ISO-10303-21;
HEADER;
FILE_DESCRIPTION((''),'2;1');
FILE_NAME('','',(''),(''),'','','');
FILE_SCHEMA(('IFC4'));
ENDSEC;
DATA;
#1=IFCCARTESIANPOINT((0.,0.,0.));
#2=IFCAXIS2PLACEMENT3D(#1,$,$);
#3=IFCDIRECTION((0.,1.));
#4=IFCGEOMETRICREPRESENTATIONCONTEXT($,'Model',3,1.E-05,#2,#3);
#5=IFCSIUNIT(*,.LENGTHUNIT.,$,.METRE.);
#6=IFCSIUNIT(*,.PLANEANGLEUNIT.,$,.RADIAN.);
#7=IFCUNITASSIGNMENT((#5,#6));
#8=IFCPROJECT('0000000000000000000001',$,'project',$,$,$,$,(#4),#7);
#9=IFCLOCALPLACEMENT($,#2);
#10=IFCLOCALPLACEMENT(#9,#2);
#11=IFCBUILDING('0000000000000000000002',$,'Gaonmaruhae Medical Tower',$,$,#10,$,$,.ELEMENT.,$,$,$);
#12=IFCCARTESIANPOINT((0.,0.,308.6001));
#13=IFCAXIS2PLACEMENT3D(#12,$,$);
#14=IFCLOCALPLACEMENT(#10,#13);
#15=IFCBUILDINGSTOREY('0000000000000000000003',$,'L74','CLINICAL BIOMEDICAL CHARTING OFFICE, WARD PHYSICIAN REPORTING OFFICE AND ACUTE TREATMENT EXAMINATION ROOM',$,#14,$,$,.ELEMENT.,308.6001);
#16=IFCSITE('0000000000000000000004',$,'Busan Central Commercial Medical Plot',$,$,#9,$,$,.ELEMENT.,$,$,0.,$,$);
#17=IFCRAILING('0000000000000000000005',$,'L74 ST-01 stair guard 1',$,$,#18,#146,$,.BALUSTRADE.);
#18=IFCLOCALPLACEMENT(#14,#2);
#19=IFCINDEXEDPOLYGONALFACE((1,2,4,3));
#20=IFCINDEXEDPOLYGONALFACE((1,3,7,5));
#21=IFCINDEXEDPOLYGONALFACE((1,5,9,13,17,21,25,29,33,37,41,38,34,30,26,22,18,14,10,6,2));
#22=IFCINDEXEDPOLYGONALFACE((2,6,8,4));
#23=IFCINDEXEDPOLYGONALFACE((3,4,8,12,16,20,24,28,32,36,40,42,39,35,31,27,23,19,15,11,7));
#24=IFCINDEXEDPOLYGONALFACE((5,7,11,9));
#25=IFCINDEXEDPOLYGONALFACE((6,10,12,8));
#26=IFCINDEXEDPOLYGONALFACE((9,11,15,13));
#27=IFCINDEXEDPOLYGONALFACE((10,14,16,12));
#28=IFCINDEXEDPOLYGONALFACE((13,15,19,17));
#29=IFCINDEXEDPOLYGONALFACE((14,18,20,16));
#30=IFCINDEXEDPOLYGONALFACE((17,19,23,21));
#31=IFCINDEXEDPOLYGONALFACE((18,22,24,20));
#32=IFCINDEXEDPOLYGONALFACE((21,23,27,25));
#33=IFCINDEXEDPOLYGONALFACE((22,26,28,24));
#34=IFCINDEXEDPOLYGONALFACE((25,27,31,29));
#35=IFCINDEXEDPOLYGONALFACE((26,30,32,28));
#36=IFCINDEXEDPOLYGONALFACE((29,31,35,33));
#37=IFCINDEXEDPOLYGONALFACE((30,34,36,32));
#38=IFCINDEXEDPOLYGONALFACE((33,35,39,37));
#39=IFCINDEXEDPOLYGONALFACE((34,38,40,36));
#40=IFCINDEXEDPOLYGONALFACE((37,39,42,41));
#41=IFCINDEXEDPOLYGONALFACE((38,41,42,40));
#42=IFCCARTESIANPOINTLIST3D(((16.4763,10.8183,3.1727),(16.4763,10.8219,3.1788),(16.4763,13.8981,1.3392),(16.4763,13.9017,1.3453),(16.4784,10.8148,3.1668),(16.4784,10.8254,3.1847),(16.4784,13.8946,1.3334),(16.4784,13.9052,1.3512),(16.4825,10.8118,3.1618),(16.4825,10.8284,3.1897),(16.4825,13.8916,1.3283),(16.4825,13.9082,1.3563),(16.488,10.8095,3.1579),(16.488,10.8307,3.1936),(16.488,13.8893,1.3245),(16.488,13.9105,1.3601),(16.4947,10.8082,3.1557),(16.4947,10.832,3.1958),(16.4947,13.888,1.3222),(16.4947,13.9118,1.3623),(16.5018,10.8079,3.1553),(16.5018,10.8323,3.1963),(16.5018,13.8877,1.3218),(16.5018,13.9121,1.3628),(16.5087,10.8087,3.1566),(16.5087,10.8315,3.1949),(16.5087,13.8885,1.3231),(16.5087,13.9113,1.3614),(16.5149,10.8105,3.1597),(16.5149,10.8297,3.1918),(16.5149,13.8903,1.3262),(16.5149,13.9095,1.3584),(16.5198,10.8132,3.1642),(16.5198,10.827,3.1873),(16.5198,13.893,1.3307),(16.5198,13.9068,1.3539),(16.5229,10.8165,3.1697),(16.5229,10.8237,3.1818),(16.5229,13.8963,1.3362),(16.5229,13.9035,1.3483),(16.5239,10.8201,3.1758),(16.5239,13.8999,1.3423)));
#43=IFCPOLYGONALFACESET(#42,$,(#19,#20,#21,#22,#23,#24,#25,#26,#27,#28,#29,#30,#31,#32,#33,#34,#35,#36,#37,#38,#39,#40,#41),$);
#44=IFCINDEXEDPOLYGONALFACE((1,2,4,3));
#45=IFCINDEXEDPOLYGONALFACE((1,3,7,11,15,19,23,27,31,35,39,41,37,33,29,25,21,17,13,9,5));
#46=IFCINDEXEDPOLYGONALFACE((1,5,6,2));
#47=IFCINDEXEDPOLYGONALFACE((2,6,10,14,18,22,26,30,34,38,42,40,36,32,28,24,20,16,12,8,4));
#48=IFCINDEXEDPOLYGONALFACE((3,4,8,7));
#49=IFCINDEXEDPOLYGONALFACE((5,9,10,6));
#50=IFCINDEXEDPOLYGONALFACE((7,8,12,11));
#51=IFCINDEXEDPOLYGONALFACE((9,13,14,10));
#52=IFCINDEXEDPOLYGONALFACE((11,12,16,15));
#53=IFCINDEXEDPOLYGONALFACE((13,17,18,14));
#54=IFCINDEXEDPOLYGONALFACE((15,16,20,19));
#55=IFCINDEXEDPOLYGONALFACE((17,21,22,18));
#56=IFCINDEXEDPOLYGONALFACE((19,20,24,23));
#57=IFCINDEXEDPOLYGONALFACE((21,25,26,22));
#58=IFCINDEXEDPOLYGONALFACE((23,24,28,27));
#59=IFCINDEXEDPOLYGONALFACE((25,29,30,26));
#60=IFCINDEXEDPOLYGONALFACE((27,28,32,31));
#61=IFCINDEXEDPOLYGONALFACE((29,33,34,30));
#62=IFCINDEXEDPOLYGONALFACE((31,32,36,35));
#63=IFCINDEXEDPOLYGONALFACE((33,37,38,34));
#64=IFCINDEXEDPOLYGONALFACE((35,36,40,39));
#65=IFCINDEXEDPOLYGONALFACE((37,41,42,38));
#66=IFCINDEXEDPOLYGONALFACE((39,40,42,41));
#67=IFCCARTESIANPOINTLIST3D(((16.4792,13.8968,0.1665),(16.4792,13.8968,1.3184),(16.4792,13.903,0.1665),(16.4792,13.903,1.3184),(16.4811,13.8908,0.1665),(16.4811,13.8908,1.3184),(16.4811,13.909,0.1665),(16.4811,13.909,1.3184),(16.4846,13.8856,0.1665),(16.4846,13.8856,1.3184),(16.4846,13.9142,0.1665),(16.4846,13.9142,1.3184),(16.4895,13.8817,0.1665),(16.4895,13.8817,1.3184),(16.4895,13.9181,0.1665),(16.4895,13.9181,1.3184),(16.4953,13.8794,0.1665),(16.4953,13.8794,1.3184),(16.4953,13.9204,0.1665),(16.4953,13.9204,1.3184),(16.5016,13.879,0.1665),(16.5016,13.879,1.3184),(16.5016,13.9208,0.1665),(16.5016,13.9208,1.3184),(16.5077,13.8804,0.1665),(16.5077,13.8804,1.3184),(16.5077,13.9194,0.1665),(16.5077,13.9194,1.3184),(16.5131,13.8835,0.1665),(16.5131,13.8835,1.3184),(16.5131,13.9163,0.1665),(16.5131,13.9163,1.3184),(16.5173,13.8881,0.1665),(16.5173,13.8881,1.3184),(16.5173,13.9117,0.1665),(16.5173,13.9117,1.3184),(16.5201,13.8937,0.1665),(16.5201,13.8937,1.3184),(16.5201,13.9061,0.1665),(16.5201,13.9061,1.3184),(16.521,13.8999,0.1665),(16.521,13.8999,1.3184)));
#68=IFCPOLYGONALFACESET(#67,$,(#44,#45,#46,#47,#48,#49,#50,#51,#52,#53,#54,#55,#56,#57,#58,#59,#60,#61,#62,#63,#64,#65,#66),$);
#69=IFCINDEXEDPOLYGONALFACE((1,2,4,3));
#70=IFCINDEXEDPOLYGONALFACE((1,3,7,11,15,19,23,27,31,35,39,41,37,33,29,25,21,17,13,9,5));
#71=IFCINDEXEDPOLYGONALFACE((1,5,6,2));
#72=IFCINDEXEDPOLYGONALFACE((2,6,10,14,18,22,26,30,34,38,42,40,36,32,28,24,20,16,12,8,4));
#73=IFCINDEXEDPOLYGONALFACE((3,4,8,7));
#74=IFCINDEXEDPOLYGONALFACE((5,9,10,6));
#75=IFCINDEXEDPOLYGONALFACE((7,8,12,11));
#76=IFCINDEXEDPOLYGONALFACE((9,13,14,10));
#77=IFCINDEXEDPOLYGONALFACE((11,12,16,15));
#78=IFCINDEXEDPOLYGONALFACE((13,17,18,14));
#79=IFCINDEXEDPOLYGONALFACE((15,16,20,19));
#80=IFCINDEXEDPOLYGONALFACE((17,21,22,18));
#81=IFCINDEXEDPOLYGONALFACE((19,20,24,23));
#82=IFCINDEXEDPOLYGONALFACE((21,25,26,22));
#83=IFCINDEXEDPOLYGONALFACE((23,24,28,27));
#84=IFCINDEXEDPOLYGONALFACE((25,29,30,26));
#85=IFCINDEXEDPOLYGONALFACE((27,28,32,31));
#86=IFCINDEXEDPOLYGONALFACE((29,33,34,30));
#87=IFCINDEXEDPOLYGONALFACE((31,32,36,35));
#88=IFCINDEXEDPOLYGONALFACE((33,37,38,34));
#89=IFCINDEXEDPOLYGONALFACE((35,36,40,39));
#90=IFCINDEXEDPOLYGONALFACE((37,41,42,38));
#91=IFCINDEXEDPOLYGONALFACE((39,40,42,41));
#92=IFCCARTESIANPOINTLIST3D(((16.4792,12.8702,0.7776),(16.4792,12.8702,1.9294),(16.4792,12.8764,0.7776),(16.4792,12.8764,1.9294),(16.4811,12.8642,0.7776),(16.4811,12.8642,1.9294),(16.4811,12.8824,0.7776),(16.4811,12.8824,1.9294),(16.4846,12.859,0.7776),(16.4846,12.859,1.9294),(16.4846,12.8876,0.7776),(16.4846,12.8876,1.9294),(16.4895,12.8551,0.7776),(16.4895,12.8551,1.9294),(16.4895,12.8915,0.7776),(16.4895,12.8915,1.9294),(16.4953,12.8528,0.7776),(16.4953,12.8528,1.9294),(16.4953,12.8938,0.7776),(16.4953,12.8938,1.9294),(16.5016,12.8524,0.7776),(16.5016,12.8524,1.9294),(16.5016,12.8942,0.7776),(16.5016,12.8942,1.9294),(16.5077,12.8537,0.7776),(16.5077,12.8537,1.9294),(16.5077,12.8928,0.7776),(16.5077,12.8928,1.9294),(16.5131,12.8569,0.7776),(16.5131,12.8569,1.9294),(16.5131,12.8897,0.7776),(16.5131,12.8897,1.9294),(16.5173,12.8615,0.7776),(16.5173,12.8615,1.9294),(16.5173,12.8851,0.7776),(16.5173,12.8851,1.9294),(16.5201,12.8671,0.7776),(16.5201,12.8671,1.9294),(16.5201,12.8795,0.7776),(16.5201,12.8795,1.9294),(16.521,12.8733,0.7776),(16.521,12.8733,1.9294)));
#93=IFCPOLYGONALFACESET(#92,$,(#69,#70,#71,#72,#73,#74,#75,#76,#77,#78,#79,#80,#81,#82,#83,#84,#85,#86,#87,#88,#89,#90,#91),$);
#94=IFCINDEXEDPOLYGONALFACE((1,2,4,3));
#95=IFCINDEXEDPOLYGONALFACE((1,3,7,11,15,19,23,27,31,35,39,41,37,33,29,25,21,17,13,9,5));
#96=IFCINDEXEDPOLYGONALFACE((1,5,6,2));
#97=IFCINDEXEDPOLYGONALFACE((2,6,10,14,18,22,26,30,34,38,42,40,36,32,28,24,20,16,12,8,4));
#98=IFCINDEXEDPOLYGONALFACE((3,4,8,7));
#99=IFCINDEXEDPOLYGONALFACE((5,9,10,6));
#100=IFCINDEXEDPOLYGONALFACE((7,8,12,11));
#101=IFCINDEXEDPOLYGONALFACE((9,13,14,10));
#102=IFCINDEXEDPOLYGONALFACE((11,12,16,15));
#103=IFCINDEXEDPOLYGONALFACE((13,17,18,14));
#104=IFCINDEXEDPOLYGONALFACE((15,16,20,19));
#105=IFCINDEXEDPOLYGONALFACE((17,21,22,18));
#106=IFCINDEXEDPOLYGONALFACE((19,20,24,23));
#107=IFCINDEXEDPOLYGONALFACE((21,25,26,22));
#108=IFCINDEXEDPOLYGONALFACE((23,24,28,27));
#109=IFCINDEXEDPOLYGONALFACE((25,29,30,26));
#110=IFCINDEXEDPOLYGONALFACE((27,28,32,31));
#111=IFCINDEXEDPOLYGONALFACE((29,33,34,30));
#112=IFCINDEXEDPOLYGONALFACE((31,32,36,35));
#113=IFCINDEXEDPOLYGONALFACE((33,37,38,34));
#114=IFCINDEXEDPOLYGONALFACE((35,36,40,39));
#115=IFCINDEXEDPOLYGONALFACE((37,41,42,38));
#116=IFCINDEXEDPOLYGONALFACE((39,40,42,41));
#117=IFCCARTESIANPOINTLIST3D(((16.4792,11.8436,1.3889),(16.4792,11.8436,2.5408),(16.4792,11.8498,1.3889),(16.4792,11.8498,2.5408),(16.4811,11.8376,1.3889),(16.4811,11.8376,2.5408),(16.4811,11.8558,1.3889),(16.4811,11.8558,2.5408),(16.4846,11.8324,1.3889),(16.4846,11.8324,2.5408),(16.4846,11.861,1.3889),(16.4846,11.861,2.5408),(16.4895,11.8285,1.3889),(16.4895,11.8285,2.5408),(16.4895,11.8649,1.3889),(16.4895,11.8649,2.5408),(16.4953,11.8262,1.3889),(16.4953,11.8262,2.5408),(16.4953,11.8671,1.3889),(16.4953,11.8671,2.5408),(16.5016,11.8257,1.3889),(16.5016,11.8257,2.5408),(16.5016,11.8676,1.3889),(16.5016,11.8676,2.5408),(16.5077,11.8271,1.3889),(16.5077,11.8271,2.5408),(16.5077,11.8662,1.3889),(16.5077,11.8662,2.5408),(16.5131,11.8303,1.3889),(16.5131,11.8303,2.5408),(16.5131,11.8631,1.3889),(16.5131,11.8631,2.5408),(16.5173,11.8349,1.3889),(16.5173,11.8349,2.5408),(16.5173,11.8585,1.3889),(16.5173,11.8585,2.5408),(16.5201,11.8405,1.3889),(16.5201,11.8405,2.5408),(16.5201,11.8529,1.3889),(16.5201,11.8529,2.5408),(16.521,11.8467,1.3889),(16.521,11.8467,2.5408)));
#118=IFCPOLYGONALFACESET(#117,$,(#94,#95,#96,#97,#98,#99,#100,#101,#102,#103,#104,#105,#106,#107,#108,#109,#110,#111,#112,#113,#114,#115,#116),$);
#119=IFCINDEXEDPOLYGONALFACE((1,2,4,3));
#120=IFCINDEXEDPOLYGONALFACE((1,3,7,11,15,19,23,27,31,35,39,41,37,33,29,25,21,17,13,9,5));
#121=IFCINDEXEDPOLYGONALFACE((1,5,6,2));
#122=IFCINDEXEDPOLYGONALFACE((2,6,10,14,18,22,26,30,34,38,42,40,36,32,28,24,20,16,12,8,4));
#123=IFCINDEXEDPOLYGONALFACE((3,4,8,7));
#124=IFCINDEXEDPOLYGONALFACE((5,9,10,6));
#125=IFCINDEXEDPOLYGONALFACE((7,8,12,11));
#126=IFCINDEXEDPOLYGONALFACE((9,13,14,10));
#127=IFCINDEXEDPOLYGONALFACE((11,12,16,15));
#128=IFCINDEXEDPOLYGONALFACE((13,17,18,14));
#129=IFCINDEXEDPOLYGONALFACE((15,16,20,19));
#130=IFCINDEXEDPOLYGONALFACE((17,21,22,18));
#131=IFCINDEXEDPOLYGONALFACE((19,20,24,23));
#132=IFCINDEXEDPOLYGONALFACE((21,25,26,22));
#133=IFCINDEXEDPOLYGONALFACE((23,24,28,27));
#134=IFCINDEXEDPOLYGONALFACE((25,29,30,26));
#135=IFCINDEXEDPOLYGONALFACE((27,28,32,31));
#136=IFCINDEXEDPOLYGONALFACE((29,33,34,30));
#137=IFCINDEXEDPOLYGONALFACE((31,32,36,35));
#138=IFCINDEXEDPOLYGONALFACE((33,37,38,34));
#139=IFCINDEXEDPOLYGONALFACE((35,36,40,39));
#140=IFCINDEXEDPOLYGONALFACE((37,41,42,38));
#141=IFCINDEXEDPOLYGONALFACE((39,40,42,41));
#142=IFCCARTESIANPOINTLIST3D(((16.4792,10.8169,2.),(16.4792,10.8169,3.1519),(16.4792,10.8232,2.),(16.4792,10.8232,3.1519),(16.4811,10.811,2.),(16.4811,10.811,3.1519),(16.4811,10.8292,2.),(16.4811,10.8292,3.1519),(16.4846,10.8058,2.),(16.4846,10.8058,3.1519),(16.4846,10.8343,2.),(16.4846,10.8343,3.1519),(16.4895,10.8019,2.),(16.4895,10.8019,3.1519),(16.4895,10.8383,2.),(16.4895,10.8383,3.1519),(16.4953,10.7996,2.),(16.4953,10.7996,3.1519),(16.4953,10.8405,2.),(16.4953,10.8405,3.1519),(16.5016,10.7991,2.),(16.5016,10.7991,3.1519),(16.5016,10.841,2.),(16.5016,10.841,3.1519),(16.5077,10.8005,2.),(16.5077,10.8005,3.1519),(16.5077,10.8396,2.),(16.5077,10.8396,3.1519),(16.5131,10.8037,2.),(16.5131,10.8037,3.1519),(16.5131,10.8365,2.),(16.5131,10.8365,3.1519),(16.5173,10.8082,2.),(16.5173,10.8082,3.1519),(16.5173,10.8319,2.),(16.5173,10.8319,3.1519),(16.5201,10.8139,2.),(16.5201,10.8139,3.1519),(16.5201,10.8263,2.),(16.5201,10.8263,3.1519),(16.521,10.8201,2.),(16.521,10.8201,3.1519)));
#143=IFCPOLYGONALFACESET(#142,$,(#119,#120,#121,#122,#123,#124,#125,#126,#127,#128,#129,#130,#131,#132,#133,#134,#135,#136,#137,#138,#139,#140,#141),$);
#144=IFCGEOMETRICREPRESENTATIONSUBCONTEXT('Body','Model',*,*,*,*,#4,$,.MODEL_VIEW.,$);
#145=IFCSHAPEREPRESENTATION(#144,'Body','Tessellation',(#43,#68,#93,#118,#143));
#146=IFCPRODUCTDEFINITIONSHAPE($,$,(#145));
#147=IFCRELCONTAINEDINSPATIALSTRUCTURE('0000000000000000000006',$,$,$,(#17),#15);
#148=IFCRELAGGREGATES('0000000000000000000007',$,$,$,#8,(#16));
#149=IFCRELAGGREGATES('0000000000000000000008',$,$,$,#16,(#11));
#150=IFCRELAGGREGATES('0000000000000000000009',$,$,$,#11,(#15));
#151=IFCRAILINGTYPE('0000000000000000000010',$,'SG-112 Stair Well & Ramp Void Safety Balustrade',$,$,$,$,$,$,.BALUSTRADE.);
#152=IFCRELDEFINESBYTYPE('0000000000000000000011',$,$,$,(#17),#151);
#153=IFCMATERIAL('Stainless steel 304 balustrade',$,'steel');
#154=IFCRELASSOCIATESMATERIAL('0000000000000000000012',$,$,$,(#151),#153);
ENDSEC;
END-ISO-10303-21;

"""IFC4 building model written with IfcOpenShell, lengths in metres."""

from ifc_helpers import new_model, si_unit, direction, frame, origin, origin_2d, place, context, subcontext, project, spatial, circle, extrude, material, type_object, element, save


model = new_model("IFC4")

# Units and contexts
model_context = context("Model", 3, precision=1e-05, world=origin(), true_north=direction((0.0, 1.0)))
body_context = subcontext(model_context, "Body", "Model", "MODEL_VIEW")
ifc_project = project(units=[si_unit("LENGTHUNIT", "METRE"), si_unit("PLANEANGLEUNIT", "RADIAN")], contexts=[model_context])

# Site, building, storey
site_placement = place(None, origin())
site = spatial("IfcSite", under=ifc_project, at=site_placement, Name="Busan Central Commercial Medical Plot", CompositionType="ELEMENT", RefElevation=0.0)
building_placement = place(site_placement, origin())
building = spatial("IfcBuilding", under=site, at=building_placement, Name="Gaonmaruhae Medical Tower", CompositionType="ELEMENT")
storey_placement = place(building_placement, frame((0.0, 0.0, 308.6001)))
storey = spatial("IfcBuildingStorey", under=building, at=storey_placement, Name="L74", Description="CLINICAL BIOMEDICAL CHARTING OFFICE, WARD PHYSICIAN REPORTING OFFICE AND ACUTE TREATMENT EXAMINATION ROOM", CompositionType="ELEMENT", Elevation=308.6001)

# Railing
ifc_material_1 = material(Name="Stainless steel 304 balustrade", Category="steel")
railing_type_1 = type_object("IfcRailingType", Name="SG-112 Stair Well & Ramp Void Safety Balustrade", PredefinedType="BALUSTRADE", material=ifc_material_1)
railing_1_placement = place(storey_placement, frame((16.5, 13.8999, 0.1665)))
element("IfcRailing", 1, at=railing_1_placement, inside=storey, type_object=railing_type_1, Name="L74 ST-01 stair guard 1", PredefinedType="BALUSTRADE", context=body_context, shape_type="SweptSolid", body=[
    extrude(circle(Radius=0.0239, at=origin_2d()), frame((0.0, 0.0, 1.1758), z_axis=(0.0, -0.859261, 0.511538), x_axis=(1.0, 0.0, 0.0)), (0.0, 0.0, 1.0), 3.5842),
    extrude(circle(Radius=0.021, at=origin_2d()), origin(), (0.0, 0.0, 1.0), 1.1519),
    extrude(circle(Radius=0.021, at=origin_2d()), frame((0.0, -1.0266, 0.6111)), (0.0, 0.0, 1.0), 1.1519),
    extrude(circle(Radius=0.021, at=origin_2d()), frame((0.0, -2.0532, 1.2224)), (0.0, 0.0, 1.0), 1.1519),
    extrude(circle(Radius=0.021, at=origin_2d()), frame((0.0, -3.0798, 1.8335)), (0.0, 0.0, 1.0), 1.1519),
])

save(model, "model.ifc")
